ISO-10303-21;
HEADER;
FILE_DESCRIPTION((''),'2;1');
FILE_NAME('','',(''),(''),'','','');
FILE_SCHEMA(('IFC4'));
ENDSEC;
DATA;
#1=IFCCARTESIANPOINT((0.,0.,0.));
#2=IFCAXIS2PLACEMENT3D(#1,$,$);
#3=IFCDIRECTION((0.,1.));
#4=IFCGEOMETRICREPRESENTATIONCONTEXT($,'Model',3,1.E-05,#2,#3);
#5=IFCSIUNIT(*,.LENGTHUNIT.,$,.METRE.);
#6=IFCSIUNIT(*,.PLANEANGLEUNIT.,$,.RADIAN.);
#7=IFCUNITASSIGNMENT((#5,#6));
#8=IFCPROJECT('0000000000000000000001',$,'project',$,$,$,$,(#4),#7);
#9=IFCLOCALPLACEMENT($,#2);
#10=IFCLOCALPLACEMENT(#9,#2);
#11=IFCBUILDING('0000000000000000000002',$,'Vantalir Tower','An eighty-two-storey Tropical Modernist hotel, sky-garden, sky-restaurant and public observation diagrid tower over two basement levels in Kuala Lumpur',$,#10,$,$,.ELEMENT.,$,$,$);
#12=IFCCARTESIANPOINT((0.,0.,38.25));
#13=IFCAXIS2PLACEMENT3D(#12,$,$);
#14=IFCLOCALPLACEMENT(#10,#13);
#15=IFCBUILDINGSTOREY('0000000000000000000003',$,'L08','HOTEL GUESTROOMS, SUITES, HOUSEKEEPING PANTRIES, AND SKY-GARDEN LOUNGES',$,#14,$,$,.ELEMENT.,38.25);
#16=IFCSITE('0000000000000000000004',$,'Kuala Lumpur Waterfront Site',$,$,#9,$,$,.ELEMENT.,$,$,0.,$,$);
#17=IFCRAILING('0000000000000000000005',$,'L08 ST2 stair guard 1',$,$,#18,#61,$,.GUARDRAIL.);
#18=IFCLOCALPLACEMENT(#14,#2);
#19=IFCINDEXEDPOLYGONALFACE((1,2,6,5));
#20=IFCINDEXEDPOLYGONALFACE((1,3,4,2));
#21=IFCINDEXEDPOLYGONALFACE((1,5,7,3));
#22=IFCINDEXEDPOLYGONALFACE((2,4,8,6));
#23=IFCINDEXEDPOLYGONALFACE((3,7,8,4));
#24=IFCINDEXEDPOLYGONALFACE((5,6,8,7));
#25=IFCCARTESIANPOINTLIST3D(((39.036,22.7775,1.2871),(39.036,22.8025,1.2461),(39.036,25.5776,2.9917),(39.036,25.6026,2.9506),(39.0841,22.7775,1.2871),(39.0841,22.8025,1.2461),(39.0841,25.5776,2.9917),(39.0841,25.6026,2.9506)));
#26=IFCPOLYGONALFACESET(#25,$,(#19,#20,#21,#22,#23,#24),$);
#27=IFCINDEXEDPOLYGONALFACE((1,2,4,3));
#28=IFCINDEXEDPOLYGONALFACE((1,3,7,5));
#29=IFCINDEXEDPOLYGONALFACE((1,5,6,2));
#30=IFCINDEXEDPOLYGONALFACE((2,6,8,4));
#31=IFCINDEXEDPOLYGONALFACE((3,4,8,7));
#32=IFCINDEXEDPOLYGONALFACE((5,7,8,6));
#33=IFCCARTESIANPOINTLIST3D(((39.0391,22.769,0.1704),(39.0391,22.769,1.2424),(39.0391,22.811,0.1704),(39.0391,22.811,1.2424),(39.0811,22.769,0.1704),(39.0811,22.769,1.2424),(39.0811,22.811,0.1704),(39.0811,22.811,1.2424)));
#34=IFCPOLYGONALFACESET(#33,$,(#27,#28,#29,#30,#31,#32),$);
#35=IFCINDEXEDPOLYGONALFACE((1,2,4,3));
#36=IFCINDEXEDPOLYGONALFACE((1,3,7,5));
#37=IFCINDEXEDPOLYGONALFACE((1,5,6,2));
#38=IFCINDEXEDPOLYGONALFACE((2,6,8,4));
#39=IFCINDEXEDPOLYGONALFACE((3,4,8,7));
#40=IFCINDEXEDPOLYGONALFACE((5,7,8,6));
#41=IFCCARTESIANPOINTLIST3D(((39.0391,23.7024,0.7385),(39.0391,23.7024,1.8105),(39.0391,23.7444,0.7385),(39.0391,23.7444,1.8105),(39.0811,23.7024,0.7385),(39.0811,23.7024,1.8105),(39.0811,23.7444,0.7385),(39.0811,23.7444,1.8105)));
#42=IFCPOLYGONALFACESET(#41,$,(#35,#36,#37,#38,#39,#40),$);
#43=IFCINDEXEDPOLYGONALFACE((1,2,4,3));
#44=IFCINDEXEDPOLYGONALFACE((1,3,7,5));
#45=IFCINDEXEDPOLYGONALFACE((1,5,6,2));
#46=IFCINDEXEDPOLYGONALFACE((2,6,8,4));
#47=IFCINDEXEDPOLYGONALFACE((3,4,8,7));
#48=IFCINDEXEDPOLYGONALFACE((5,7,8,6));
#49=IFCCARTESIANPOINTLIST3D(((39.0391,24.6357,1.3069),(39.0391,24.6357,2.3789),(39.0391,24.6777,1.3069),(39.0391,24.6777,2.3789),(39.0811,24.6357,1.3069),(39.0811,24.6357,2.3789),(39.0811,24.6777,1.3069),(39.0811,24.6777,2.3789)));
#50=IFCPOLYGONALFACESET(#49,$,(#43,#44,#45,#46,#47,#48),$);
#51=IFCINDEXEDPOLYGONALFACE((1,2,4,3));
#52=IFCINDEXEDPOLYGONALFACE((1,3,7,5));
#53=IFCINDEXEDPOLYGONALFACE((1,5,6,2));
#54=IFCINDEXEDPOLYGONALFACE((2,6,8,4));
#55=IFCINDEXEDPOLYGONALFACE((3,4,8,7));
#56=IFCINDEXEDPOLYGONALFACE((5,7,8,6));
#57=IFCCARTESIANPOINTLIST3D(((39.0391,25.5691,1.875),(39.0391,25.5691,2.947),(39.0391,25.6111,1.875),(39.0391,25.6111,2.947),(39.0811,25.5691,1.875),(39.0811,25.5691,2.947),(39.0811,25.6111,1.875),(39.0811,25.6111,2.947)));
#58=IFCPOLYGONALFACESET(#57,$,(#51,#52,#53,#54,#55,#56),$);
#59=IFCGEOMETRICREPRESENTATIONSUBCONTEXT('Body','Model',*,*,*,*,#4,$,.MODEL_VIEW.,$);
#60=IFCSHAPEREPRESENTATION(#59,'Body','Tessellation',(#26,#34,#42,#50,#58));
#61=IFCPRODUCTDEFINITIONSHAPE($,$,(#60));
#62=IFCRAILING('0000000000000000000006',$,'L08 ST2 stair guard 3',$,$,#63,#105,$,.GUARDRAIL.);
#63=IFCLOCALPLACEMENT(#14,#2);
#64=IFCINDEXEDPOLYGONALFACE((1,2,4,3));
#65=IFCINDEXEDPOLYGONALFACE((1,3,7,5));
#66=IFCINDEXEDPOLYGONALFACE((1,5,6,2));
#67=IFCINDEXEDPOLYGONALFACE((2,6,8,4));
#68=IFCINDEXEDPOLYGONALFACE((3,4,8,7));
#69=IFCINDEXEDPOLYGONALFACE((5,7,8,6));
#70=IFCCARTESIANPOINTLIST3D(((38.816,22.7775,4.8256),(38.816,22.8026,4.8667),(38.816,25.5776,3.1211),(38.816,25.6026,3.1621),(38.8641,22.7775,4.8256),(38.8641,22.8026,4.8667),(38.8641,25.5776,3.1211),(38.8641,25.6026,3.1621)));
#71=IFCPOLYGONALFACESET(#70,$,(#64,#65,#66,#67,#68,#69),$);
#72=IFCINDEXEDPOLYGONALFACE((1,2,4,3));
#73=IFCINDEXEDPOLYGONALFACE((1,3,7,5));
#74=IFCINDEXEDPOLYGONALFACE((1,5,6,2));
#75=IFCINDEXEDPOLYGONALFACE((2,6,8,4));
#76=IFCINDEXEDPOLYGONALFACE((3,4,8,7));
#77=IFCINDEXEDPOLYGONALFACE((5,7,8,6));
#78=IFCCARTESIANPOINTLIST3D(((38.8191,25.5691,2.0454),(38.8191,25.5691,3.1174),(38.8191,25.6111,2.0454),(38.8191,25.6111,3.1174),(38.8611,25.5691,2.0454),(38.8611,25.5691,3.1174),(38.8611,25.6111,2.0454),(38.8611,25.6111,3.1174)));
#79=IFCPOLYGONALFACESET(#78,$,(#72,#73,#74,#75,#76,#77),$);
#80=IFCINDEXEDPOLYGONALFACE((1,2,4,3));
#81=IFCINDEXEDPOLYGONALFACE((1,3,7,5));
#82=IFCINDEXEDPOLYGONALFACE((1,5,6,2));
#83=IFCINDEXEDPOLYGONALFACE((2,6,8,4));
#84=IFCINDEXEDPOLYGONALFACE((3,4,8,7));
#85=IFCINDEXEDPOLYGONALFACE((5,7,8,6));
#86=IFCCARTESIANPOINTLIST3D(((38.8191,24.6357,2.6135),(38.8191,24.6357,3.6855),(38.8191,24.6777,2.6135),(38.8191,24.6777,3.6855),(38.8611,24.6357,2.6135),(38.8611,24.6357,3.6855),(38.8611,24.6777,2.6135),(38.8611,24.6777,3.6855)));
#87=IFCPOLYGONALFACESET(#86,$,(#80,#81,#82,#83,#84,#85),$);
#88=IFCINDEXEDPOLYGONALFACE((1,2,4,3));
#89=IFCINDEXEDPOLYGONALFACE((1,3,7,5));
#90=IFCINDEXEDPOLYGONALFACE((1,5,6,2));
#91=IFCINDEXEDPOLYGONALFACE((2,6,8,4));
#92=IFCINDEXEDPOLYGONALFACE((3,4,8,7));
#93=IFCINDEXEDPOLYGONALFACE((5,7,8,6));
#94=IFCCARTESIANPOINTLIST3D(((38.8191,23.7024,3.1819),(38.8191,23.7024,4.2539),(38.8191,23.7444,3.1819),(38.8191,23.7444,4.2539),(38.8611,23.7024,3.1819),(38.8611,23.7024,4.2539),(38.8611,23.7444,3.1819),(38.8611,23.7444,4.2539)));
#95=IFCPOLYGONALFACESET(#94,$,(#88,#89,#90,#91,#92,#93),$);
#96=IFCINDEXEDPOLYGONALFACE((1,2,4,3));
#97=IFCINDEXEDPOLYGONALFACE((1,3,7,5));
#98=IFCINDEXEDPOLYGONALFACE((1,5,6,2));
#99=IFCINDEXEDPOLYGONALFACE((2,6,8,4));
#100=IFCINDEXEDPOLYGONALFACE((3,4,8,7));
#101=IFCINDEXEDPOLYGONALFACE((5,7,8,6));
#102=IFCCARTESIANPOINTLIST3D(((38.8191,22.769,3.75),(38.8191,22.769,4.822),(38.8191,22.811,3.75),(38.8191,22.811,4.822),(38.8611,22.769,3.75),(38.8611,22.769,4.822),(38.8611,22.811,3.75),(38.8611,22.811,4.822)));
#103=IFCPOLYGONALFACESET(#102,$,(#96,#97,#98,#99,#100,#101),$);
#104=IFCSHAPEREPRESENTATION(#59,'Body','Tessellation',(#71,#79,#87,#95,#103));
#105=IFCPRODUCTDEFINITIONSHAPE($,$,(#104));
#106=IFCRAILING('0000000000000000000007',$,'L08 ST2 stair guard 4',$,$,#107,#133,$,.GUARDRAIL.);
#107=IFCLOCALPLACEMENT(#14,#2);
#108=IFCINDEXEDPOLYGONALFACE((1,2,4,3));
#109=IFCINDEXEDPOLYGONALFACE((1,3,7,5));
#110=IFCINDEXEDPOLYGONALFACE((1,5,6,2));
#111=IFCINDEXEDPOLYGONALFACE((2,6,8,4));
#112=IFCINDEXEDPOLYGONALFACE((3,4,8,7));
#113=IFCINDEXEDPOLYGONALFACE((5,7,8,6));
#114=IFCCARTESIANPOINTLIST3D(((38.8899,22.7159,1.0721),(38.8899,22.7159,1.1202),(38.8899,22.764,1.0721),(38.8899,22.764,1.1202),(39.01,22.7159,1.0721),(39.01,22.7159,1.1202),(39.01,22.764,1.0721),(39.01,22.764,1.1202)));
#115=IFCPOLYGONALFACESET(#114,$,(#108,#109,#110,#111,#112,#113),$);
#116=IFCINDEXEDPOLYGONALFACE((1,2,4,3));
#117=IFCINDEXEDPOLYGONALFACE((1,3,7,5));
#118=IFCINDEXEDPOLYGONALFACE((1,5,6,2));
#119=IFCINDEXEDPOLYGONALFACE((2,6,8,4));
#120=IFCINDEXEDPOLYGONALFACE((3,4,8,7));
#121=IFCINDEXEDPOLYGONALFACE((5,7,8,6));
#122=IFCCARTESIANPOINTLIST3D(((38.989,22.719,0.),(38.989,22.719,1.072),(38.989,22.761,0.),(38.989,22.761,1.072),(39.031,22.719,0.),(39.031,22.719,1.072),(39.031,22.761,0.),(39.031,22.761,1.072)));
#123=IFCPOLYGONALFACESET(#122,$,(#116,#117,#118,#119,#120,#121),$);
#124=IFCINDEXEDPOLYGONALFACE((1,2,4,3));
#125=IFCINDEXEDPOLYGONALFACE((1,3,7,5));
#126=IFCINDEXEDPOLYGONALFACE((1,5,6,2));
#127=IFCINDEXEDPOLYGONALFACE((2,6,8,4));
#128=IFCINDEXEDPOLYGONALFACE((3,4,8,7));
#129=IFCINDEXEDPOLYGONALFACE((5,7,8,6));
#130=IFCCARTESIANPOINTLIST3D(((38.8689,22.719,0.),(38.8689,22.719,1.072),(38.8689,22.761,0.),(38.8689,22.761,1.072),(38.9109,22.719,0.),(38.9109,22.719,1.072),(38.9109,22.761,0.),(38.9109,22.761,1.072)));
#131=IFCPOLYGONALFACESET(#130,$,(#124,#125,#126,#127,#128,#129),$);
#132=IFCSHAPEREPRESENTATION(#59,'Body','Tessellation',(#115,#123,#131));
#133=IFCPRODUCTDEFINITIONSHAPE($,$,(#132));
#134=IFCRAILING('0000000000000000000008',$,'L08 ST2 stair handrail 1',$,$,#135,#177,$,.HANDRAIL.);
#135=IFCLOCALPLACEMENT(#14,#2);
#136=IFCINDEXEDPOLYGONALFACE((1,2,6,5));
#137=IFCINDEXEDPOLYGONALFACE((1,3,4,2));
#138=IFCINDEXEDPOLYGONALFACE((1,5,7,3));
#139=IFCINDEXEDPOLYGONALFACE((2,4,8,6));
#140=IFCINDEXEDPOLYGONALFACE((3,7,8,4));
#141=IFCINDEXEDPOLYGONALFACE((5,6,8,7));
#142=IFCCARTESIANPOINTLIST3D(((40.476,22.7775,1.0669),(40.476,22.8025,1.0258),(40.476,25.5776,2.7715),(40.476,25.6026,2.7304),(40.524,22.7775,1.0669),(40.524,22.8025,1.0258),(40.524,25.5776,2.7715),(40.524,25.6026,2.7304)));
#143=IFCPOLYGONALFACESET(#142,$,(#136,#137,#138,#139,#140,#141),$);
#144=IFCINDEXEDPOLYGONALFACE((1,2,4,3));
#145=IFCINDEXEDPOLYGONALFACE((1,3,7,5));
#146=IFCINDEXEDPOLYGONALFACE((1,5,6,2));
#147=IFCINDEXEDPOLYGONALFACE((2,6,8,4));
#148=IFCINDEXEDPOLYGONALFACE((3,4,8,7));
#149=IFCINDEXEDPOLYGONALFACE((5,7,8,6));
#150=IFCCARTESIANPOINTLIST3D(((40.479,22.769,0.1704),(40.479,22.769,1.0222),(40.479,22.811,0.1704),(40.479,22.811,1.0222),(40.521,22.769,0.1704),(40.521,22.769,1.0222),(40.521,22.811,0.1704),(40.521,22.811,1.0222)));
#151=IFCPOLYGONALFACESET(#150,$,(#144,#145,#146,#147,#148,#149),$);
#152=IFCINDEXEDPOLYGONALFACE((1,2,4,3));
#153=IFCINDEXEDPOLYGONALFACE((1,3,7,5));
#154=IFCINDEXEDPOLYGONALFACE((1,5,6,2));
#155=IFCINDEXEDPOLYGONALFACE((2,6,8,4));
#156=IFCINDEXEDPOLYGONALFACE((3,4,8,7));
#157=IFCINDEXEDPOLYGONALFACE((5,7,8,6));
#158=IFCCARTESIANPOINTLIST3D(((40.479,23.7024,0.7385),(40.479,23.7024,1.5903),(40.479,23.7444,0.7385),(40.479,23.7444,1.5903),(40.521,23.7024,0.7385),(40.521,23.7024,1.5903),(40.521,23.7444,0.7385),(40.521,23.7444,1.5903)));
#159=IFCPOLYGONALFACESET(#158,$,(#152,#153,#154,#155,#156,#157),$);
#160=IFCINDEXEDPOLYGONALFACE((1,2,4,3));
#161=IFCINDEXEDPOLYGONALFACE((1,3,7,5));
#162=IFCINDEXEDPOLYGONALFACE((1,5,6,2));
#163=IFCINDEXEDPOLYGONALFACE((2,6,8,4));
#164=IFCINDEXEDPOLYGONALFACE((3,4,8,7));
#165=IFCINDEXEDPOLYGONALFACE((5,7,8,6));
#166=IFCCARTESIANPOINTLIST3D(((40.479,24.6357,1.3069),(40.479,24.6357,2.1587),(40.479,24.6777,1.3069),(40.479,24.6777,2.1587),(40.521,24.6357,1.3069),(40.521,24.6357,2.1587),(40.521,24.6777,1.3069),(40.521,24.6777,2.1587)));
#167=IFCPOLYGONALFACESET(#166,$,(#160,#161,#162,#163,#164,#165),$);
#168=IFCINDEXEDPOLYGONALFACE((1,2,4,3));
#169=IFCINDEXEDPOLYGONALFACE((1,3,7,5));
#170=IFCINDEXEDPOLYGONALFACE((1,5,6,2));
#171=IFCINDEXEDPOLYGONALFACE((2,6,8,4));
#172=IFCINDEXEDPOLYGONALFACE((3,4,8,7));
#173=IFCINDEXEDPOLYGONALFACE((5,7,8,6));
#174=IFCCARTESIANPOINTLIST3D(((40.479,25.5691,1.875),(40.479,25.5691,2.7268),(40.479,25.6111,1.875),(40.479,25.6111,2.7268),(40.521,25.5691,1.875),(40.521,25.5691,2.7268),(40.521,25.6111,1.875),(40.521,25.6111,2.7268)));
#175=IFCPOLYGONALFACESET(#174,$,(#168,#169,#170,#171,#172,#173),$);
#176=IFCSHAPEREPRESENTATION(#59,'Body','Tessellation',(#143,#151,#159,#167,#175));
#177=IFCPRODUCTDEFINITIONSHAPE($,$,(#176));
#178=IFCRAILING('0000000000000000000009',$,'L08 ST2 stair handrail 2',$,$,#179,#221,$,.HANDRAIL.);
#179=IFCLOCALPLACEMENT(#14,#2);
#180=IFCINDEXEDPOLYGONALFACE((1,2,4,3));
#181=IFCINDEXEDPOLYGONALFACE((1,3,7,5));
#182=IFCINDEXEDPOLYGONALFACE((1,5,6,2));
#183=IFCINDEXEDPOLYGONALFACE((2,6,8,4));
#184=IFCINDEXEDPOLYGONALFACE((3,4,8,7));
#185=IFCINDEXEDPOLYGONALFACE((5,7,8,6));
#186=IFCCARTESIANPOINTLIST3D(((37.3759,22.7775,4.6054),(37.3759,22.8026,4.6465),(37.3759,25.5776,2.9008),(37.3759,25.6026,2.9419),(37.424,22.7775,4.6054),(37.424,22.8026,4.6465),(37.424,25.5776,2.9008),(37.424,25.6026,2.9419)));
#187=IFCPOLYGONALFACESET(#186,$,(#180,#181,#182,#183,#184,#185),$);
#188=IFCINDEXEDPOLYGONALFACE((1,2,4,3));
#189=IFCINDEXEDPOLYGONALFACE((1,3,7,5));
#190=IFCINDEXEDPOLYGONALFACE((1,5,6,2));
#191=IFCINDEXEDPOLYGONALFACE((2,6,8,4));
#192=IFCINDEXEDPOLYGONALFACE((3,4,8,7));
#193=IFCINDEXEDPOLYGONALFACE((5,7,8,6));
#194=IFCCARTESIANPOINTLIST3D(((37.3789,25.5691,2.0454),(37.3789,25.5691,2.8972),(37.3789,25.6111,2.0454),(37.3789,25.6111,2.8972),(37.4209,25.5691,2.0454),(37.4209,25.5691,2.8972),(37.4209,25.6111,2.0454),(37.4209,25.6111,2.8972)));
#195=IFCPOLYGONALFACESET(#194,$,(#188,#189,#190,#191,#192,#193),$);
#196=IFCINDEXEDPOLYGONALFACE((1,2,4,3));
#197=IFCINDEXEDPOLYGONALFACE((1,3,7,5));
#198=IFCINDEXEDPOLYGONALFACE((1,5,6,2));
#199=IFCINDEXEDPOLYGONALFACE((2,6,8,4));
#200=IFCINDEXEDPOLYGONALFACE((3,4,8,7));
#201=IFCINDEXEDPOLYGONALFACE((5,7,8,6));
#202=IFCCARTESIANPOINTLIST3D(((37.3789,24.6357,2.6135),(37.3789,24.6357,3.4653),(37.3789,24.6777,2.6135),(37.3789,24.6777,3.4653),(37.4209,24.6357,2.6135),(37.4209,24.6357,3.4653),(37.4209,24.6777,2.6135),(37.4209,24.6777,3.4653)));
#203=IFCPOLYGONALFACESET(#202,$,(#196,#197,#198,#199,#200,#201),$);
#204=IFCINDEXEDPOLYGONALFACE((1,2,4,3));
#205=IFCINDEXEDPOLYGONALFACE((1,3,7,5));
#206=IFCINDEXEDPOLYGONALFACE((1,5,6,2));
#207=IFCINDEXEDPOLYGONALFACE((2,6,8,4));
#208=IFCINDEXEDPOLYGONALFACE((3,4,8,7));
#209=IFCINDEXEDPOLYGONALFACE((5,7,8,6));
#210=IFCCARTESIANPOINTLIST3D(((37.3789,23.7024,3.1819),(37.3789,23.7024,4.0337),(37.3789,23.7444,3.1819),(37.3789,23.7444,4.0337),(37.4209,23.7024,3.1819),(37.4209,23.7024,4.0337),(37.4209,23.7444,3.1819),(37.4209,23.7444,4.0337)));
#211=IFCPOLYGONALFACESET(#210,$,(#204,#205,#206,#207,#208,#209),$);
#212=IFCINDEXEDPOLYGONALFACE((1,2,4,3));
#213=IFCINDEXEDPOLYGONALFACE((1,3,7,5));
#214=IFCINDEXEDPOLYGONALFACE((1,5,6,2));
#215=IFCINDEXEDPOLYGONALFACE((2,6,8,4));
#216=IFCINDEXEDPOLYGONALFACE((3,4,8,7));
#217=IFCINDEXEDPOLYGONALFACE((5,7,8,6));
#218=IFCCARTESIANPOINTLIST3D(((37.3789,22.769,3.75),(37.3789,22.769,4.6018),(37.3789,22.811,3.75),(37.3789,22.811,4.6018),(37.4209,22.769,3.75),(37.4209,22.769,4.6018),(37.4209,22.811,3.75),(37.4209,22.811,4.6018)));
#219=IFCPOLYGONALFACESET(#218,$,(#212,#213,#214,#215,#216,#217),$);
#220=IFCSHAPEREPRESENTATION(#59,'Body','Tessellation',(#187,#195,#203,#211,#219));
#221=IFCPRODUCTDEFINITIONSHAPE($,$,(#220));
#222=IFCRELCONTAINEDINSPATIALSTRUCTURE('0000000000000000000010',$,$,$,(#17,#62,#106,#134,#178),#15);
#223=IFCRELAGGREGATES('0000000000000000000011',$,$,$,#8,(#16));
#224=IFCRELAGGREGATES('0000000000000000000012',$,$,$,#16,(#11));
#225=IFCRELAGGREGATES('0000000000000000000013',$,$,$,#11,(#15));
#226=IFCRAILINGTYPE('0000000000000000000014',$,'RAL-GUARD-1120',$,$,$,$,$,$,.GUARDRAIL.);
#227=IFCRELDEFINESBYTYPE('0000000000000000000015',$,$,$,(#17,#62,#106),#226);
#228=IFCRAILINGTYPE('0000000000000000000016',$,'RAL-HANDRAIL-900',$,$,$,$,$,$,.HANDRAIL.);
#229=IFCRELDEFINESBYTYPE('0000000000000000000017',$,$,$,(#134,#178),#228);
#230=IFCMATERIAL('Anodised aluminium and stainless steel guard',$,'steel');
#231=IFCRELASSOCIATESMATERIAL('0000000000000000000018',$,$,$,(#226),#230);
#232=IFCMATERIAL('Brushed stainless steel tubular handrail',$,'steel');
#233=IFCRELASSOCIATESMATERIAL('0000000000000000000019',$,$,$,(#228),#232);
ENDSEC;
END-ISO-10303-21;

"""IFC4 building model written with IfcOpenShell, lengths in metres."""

from ifc_helpers import new_model, si_unit, direction, frame, origin, origin_2d, place, context, subcontext, project, spatial, rectangle, extrude, material, type_object, element, save


model = new_model("IFC4")

# Units and contexts
model_context = context("Model", 3, precision=1e-05, world=origin(), true_north=direction((0.0, 1.0)))
body_context = subcontext(model_context, "Body", "Model", "MODEL_VIEW")
ifc_project = project(units=[si_unit("LENGTHUNIT", "METRE"), si_unit("PLANEANGLEUNIT", "RADIAN")], contexts=[model_context])

# Site, building, storey
site_placement = place(None, origin())
site = spatial("IfcSite", under=ifc_project, at=site_placement, Name="Kuala Lumpur Waterfront Site", CompositionType="ELEMENT", RefElevation=0.0)
building_placement = place(site_placement, origin())
building = spatial("IfcBuilding", under=site, at=building_placement, Name="Vantalir Tower", Description="An eighty-two-storey Tropical Modernist hotel, sky-garden, sky-restaurant and public observation diagrid tower over two basement levels in Kuala Lumpur", CompositionType="ELEMENT")
storey_placement = place(building_placement, frame((0.0, 0.0, 38.25)))
storey = spatial("IfcBuildingStorey", under=building, at=storey_placement, Name="L08", Description="HOTEL GUESTROOMS, SUITES, HOUSEKEEPING PANTRIES, AND SKY-GARDEN LOUNGES", CompositionType="ELEMENT", Elevation=38.25)

# Railings
ifc_material_1 = material(Name="Anodised aluminium and stainless steel guard", Category="steel")
railing_type_1 = type_object("IfcRailingType", Name="RAL-GUARD-1120", PredefinedType="GUARDRAIL", material=ifc_material_1)
railing_1_placement = place(storey_placement, frame((39.0601, 22.79, 0.1704)))
element("IfcRailing", 1, at=railing_1_placement, inside=storey, type_object=railing_type_1, Name="L08 ST2 stair guard 1", PredefinedType="GUARDRAIL", context=body_context, shape_type="SweptSolid", body=[
    extrude(rectangle(XDim=0.0481, YDim=0.0481, at=origin_2d()), frame((0.0, 0.0, 1.0962), z_axis=(0.0, 0.85417, 0.519994), x_axis=(-1.0, 0.0, 0.0)), (0.0, 0.0, 1.0), 3.2781),
    extrude(rectangle(XDim=0.042, YDim=0.042, at=origin_2d()), origin(), (0.0, 0.0, 1.0), 1.072),
    extrude(rectangle(XDim=0.042, YDim=0.042, at=origin_2d()), frame((0.0, 0.9333, 0.5681)), (0.0, 0.0, 1.0), 1.072),
    extrude(rectangle(XDim=0.042, YDim=0.042, at=origin_2d()), frame((0.0, 1.8667, 1.1365)), (0.0, 0.0, 1.0), 1.072),
    extrude(rectangle(XDim=0.042, YDim=0.042, at=origin_2d()), frame((0.0, 2.8, 1.7046)), (0.0, 0.0, 1.0), 1.072),
])
railing_2_placement = place(storey_placement, frame((38.8401, 25.5901, 2.0454)))
element("IfcRailing", 2, at=railing_2_placement, inside=storey, type_object=railing_type_1, Name="L08 ST2 stair guard 3", PredefinedType="GUARDRAIL", context=body_context, shape_type="SweptSolid", body=[
    extrude(rectangle(XDim=0.0481, YDim=0.0481, at=origin_2d()), frame((0.0, 0.0, 1.0962), z_axis=(0.0, -0.85417, 0.519994), x_axis=(1.0, 0.0, 0.0)), (0.0, 0.0, 1.0), 3.2781),
    extrude(rectangle(XDim=0.042, YDim=0.042, at=origin_2d()), origin(), (0.0, 0.0, 1.0), 1.072),
    extrude(rectangle(XDim=0.042, YDim=0.042, at=origin_2d()), frame((0.0, -0.9333, 0.5681)), (0.0, 0.0, 1.0), 1.072),
    extrude(rectangle(XDim=0.042, YDim=0.042, at=origin_2d()), frame((0.0, -1.8667, 1.1365)), (0.0, 0.0, 1.0), 1.072),
    extrude(rectangle(XDim=0.042, YDim=0.042, at=origin_2d()), frame((0.0, -2.8, 1.7046)), (0.0, 0.0, 1.0), 1.072),
])
railing_3_placement = place(storey_placement, frame((39.01, 22.74, 0.0)))
element("IfcRailing", 3, at=railing_3_placement, inside=storey, type_object=railing_type_1, Name="L08 ST2 stair guard 4", PredefinedType="GUARDRAIL", context=body_context, shape_type="SweptSolid", body=[
    extrude(rectangle(XDim=0.0481, YDim=0.0481, at=origin_2d()), frame((0.0, 0.0, 1.0962), z_axis=(-1.0, 0.0, 0.0), x_axis=(0.0, -1.0, 0.0)), (0.0, 0.0, 1.0), 0.1201),
    extrude(rectangle(XDim=0.042, YDim=0.042, at=origin_2d()), origin(), (0.0, 0.0, 1.0), 1.072),
    extrude(rectangle(XDim=0.042, YDim=0.042, at=origin_2d()), frame((-0.1201, 0.0, 0.0)), (0.0, 0.0, 1.0), 1.072),
])
ifc_material_2 = material(Name="Brushed stainless steel tubular handrail", Category="steel")
railing_type_2 = type_object("IfcRailingType", Name="RAL-HANDRAIL-900", PredefinedType="HANDRAIL", material=ifc_material_2)
railing_4_placement = place(storey_placement, frame((40.5, 22.79, 0.1704)))
element("IfcRailing", 4, at=railing_4_placement, inside=storey, type_object=railing_type_2, Name="L08 ST2 stair handrail 1", PredefinedType="HANDRAIL", context=body_context, shape_type="SweptSolid", body=[
    extrude(rectangle(XDim=0.0481, YDim=0.0481, at=origin_2d()), frame((0.0, 0.0, 0.876), z_axis=(0.0, 0.85417, 0.519994), x_axis=(-1.0, 0.0, 0.0)), (0.0, 0.0, 1.0), 3.2781),
    extrude(rectangle(XDim=0.042, YDim=0.042, at=origin_2d()), origin(), (0.0, 0.0, 1.0), 0.8518),
    extrude(rectangle(XDim=0.042, YDim=0.042, at=origin_2d()), frame((0.0, 0.9333, 0.5681)), (0.0, 0.0, 1.0), 0.8518),
    extrude(rectangle(XDim=0.042, YDim=0.042, at=origin_2d()), frame((0.0, 1.8667, 1.1365)), (0.0, 0.0, 1.0), 0.8518),
    extrude(rectangle(XDim=0.042, YDim=0.042, at=origin_2d()), frame((0.0, 2.8, 1.7046)), (0.0, 0.0, 1.0), 0.8518),
])
railing_5_placement = place(storey_placement, frame((37.3999, 25.5901, 2.0454)))
element("IfcRailing", 5, at=railing_5_placement, inside=storey, type_object=railing_type_2, Name="L08 ST2 stair handrail 2", PredefinedType="HANDRAIL", context=body_context, shape_type="SweptSolid", body=[
    extrude(rectangle(XDim=0.0481, YDim=0.0481, at=origin_2d()), frame((0.0, 0.0, 0.876), z_axis=(0.0, -0.85417, 0.519994), x_axis=(1.0, 0.0, 0.0)), (0.0, 0.0, 1.0), 3.2781),
    extrude(rectangle(XDim=0.042, YDim=0.042, at=origin_2d()), origin(), (0.0, 0.0, 1.0), 0.8518),
    extrude(rectangle(XDim=0.042, YDim=0.042, at=origin_2d()), frame((0.0, -0.9333, 0.5681)), (0.0, 0.0, 1.0), 0.8518),
    extrude(rectangle(XDim=0.042, YDim=0.042, at=origin_2d()), frame((0.0, -1.8667, 1.1365)), (0.0, 0.0, 1.0), 0.8518),
    extrude(rectangle(XDim=0.042, YDim=0.042, at=origin_2d()), frame((0.0, -2.8, 1.7046)), (0.0, 0.0, 1.0), 0.8518),
])

save(model, "model.ifc")
